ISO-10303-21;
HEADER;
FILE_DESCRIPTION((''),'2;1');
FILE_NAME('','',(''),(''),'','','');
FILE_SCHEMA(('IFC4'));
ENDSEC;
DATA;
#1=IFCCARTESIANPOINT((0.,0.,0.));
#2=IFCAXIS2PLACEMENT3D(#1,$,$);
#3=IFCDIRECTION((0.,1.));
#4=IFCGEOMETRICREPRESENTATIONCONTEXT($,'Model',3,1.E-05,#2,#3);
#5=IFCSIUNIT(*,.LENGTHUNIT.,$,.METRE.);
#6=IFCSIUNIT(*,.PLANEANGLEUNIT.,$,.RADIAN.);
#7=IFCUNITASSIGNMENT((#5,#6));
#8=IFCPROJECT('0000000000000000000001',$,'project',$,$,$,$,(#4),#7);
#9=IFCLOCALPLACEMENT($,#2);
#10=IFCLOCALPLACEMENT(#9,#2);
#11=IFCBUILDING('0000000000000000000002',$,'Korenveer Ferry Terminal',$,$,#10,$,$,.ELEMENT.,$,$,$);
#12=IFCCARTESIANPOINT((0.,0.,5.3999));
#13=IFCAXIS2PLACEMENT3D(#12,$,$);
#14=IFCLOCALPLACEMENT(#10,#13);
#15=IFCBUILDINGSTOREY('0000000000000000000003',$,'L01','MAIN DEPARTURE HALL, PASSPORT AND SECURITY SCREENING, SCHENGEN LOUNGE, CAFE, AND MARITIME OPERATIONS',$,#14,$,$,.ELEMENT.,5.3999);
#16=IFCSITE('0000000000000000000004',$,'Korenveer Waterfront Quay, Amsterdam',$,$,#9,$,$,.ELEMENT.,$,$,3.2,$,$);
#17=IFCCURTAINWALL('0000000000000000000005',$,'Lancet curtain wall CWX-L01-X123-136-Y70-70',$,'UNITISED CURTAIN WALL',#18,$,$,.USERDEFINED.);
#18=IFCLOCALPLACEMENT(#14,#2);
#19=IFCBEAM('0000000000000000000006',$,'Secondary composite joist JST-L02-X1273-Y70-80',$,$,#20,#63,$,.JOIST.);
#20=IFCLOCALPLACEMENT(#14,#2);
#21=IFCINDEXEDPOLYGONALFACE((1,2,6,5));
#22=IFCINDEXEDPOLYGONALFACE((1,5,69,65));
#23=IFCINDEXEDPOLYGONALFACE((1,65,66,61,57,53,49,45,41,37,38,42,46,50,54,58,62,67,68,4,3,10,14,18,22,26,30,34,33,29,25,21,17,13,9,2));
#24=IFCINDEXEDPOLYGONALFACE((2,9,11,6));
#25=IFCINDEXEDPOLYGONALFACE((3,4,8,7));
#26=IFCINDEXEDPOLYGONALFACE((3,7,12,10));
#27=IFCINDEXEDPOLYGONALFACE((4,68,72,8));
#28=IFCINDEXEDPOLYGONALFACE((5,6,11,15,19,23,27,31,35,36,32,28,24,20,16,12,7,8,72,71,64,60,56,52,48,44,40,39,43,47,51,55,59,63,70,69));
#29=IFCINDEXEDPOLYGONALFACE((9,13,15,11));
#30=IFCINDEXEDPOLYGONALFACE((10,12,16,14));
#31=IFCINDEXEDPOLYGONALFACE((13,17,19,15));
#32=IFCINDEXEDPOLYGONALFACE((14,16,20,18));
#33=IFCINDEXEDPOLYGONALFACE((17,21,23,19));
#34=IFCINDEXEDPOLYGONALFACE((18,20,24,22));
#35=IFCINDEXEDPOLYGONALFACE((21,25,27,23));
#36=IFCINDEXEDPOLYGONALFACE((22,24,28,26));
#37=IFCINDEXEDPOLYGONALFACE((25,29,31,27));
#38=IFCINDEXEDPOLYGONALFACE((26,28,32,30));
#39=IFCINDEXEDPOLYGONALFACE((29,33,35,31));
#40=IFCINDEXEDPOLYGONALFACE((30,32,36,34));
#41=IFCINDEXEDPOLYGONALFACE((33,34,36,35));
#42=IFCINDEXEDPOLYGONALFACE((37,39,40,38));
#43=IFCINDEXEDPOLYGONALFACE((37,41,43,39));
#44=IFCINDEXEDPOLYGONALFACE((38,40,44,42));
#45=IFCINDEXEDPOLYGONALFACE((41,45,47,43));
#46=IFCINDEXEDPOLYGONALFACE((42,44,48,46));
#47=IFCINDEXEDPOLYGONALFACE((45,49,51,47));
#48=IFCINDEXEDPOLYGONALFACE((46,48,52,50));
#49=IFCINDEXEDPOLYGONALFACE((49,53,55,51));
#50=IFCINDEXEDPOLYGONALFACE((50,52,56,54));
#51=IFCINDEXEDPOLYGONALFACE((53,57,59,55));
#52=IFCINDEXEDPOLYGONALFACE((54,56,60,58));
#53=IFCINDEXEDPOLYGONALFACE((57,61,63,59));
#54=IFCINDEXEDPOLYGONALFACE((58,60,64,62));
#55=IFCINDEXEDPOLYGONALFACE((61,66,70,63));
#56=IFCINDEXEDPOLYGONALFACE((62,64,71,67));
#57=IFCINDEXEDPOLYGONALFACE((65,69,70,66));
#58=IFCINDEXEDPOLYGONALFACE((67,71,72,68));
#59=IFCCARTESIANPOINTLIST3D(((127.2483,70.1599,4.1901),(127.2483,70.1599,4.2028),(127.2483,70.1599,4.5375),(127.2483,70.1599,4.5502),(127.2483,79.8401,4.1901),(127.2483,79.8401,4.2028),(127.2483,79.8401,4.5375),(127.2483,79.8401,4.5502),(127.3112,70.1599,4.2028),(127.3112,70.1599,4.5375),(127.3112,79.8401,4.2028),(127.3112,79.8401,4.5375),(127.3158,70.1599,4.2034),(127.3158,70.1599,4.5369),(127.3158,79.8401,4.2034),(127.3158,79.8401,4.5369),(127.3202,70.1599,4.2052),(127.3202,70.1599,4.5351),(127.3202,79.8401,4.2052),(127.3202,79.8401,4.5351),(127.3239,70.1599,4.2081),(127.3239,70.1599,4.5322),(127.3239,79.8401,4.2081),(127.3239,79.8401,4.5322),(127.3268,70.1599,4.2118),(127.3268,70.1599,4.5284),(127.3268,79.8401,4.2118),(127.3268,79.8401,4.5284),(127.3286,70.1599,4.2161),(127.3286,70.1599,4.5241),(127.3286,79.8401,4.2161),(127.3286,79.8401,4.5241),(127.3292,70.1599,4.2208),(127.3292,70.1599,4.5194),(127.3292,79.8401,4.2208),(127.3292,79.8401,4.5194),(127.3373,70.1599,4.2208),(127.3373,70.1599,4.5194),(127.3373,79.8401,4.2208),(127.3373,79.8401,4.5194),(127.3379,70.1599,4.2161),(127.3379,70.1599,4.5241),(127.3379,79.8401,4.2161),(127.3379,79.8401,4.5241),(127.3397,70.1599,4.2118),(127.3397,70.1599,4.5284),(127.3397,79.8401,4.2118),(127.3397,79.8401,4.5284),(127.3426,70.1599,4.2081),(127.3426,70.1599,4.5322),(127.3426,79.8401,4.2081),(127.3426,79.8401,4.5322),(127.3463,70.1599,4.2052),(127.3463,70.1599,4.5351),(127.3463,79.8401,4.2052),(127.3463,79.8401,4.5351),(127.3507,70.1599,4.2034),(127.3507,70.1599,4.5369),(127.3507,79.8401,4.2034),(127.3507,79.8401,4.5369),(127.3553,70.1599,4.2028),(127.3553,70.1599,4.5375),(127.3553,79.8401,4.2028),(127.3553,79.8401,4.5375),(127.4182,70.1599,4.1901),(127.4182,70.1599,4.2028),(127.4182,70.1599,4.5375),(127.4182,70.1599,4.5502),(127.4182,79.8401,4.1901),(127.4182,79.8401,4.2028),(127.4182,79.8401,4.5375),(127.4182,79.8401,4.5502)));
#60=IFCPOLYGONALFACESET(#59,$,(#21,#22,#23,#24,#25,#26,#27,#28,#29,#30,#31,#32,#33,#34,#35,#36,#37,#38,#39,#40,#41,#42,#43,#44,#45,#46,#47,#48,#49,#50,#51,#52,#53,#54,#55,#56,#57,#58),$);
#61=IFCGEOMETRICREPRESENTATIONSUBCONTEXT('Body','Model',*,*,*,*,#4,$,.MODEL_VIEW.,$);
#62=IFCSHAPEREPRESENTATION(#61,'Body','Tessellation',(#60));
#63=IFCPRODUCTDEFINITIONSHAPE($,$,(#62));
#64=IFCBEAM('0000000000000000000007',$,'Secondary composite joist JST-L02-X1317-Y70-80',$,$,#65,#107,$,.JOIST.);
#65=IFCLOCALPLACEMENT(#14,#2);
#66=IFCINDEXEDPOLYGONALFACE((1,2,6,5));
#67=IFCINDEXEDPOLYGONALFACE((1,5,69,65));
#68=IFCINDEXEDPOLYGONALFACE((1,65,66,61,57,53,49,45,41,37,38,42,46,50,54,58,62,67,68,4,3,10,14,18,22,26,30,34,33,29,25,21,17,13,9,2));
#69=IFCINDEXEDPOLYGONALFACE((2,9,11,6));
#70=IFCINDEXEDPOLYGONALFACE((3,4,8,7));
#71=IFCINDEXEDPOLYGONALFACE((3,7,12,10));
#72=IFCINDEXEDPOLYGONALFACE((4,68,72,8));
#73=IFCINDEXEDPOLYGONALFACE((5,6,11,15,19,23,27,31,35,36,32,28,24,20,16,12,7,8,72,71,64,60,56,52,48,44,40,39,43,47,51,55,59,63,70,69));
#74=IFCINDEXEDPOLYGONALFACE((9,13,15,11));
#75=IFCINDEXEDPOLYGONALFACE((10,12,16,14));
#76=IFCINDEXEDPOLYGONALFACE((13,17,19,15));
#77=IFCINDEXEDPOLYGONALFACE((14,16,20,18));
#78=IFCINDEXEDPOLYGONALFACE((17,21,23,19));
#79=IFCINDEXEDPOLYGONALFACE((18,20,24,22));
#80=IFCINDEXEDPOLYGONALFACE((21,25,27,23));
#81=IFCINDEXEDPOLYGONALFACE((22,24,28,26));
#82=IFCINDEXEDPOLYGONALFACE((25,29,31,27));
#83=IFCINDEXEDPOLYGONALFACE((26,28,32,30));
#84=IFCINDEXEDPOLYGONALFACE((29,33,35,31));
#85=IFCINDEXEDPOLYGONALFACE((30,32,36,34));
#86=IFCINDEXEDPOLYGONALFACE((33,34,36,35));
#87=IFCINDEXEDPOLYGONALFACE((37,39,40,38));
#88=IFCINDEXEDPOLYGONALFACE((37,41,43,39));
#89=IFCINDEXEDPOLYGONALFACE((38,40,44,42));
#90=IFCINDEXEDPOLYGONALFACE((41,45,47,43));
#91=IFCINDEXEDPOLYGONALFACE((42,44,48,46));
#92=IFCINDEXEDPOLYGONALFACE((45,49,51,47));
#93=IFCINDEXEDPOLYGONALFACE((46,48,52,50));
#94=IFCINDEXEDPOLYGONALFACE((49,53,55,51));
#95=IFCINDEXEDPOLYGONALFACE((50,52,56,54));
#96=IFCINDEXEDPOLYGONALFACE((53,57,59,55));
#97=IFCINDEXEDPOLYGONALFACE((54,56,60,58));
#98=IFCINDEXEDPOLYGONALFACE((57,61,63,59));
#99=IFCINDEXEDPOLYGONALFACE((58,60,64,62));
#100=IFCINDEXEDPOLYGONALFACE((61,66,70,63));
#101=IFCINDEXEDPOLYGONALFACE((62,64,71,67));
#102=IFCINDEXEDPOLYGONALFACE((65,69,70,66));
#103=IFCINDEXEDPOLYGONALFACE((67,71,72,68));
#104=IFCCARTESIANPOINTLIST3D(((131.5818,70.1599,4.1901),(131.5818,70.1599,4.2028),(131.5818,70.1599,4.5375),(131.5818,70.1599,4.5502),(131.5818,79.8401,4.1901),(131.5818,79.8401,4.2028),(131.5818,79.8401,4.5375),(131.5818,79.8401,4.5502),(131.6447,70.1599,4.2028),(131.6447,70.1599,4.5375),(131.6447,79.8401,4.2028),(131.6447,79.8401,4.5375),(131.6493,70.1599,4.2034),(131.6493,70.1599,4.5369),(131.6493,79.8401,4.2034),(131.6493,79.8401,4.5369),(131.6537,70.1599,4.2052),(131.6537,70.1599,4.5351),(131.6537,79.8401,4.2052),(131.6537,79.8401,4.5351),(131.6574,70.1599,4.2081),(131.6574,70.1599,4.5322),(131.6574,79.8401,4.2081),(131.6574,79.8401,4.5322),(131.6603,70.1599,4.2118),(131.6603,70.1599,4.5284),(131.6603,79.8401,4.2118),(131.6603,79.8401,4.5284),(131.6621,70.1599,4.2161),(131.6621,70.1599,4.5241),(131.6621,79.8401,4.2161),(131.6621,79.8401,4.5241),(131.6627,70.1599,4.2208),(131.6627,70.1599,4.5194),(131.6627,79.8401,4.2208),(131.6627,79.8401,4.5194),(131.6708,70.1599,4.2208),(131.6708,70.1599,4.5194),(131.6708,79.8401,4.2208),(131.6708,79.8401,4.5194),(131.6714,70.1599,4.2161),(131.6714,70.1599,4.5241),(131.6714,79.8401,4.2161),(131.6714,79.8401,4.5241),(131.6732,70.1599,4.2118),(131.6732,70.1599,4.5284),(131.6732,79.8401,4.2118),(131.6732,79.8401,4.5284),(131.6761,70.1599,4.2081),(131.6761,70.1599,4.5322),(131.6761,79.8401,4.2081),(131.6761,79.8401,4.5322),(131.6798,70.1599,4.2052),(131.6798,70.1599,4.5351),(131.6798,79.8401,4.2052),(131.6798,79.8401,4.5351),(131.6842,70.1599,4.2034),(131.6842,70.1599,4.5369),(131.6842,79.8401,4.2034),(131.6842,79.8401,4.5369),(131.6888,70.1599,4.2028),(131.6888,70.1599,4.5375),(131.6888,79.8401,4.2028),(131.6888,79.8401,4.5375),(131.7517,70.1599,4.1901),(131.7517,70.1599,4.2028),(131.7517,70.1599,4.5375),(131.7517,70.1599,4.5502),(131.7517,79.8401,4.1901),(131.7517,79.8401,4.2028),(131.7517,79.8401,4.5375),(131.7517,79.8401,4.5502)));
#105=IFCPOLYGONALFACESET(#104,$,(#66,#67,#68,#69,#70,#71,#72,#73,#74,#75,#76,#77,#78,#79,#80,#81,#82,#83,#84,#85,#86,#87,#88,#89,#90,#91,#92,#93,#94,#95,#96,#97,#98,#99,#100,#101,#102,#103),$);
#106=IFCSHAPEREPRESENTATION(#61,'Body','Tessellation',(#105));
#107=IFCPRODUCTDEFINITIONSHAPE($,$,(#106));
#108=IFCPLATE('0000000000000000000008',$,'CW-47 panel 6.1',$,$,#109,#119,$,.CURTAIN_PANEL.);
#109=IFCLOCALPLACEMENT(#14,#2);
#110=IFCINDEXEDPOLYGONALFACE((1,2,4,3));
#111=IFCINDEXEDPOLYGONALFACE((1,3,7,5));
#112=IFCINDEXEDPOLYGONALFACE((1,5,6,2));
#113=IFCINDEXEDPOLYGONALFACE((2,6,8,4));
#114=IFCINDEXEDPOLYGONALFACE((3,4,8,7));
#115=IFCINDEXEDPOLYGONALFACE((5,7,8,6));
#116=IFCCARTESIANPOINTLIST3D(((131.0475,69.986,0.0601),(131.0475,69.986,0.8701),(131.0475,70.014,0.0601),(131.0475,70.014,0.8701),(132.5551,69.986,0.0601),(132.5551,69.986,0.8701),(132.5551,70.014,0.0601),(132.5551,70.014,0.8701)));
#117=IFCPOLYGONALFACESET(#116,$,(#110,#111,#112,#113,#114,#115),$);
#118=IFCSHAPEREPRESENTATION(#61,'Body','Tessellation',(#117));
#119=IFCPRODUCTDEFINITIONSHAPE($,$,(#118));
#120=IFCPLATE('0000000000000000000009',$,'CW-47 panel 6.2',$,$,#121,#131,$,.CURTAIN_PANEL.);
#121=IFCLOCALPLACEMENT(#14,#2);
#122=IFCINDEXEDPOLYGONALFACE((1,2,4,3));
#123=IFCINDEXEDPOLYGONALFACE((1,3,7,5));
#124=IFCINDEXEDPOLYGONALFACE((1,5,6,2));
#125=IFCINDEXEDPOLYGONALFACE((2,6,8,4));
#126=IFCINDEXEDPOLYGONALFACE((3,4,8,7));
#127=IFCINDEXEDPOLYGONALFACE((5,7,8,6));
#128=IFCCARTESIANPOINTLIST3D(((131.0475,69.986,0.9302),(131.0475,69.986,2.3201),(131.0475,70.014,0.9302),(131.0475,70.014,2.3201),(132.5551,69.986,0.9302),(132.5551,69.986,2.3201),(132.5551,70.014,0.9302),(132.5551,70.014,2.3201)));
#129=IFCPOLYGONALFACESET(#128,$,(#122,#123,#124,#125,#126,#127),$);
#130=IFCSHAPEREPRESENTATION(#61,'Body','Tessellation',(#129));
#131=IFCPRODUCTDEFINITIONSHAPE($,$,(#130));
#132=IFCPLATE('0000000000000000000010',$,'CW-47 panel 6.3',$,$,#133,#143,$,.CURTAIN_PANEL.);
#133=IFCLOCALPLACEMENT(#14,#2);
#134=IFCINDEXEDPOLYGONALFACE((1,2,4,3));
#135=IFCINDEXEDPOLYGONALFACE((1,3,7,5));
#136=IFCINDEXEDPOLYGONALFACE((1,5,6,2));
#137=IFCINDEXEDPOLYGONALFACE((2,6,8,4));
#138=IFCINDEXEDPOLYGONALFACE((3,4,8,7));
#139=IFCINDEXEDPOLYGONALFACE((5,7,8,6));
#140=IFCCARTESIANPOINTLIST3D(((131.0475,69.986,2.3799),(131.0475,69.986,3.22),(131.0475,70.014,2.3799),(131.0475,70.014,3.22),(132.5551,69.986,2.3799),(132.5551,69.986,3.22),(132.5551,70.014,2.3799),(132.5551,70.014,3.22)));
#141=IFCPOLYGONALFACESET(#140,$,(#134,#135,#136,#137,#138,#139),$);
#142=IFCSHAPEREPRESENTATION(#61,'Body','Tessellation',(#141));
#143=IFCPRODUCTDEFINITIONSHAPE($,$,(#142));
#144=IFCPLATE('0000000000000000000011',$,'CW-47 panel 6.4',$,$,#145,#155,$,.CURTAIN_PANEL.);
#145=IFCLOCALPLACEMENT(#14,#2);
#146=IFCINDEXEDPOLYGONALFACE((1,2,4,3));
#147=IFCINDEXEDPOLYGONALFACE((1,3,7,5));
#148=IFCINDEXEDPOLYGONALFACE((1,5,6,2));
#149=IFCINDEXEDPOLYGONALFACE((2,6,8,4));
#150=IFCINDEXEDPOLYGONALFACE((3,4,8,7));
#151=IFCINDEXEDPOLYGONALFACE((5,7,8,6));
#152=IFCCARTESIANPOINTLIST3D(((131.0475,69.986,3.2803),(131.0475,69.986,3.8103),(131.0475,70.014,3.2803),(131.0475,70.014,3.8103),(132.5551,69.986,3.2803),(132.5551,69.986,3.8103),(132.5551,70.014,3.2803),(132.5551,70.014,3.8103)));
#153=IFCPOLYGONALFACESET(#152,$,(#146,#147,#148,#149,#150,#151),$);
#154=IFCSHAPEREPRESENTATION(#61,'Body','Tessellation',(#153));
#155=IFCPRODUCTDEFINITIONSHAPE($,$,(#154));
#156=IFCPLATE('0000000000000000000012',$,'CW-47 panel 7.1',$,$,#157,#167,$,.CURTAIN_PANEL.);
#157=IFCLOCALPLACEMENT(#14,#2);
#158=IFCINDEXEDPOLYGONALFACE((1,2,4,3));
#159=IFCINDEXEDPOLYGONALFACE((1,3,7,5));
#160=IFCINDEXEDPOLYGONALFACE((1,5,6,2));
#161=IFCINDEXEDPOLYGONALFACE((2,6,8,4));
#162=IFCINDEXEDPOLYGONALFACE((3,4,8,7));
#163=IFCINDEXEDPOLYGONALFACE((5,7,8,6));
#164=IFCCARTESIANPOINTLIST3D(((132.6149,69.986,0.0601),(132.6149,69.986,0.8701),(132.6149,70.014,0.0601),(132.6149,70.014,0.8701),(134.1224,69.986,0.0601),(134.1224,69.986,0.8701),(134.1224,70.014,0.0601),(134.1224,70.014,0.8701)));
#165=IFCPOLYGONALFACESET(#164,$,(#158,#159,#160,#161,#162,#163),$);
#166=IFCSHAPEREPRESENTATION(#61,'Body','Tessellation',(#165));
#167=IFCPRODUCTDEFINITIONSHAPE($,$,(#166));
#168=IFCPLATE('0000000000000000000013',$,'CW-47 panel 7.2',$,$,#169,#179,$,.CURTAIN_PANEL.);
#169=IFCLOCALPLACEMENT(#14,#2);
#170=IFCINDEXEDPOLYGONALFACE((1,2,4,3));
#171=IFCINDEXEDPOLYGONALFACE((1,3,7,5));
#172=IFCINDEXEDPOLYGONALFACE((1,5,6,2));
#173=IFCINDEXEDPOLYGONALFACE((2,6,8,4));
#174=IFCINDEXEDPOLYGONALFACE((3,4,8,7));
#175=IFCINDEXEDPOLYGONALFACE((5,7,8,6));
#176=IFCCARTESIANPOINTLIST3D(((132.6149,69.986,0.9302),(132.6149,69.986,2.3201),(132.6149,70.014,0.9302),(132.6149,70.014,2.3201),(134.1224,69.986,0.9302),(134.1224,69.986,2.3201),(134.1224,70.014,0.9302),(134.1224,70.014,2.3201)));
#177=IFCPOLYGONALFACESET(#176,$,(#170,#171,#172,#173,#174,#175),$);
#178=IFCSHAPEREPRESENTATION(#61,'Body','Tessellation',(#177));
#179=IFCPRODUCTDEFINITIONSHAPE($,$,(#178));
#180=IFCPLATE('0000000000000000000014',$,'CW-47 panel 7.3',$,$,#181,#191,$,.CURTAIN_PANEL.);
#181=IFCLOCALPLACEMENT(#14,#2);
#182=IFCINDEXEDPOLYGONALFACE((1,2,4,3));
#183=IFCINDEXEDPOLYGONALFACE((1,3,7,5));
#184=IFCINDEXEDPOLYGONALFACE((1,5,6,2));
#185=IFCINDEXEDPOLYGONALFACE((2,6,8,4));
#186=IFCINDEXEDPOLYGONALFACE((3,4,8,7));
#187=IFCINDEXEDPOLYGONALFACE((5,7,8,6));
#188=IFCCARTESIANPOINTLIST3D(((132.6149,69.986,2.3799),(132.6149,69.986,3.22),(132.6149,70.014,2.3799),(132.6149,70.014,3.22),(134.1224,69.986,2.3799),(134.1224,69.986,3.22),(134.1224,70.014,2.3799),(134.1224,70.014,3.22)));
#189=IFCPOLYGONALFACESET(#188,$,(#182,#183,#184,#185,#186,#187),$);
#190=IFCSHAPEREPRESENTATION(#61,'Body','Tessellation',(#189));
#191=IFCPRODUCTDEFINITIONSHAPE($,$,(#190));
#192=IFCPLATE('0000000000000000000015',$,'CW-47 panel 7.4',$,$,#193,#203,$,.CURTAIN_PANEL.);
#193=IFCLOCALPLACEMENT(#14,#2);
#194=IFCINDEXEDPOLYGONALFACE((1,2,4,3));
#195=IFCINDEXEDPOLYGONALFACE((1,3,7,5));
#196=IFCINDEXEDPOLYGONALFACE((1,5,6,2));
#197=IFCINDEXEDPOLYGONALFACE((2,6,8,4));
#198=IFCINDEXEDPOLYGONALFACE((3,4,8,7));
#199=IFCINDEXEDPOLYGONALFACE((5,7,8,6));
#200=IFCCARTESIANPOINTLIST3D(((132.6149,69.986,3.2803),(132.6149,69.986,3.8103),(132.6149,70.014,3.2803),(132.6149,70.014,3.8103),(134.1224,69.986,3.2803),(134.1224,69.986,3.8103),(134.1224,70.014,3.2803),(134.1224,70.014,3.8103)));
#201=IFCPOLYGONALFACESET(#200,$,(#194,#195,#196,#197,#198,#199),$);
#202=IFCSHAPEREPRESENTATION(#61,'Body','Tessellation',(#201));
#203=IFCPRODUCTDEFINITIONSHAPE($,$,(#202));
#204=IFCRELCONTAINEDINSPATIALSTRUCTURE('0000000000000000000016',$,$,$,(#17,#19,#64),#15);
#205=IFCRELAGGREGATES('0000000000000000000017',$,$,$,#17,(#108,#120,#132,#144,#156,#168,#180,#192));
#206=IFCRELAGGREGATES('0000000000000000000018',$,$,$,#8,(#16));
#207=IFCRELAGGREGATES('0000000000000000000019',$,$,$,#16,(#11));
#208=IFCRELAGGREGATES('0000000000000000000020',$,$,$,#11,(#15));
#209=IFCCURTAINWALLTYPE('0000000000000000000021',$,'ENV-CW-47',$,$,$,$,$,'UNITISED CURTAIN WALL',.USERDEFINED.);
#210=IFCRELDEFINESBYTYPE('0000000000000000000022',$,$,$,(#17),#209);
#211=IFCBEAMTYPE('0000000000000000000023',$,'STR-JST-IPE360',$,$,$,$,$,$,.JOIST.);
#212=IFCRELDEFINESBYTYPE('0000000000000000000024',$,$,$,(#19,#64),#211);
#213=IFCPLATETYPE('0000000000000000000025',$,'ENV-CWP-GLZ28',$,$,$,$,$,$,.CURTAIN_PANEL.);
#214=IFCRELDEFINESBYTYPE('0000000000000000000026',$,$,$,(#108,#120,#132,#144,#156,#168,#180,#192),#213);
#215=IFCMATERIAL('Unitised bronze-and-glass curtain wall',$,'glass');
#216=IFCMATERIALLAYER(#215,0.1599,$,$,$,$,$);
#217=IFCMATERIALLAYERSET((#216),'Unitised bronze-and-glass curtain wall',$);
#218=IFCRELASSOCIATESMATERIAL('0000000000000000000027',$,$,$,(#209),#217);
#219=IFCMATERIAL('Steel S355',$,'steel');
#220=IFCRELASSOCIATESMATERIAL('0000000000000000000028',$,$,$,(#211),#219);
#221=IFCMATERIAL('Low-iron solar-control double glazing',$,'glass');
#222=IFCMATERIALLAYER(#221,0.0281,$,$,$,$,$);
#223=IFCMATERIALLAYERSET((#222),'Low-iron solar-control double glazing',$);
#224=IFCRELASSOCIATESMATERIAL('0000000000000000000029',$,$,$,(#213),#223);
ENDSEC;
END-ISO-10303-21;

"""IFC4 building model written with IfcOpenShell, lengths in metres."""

from ifc_helpers import new_model, si_unit, direction, frame, origin, origin_2d, place, context, subcontext, project, spatial, rectangle, i_section, extrude, material, layer, layer_set, material_profile, profile_set, type_object, element, aggregate, save


model = new_model("IFC4")

# Units and contexts
model_context = context("Model", 3, precision=1e-05, world=origin(), true_north=direction((0.0, 1.0)))
body_context = subcontext(model_context, "Body", "Model", "MODEL_VIEW")
ifc_project = project(units=[si_unit("LENGTHUNIT", "METRE"), si_unit("PLANEANGLEUNIT", "RADIAN")], contexts=[model_context])

# Site, building, storey
site_placement = place(None, origin())
site = spatial("IfcSite", under=ifc_project, at=site_placement, Name="Korenveer Waterfront Quay, Amsterdam", CompositionType="ELEMENT", RefElevation=3.2)
building_placement = place(site_placement, origin())
building = spatial("IfcBuilding", under=site, at=building_placement, Name="Korenveer Ferry Terminal", CompositionType="ELEMENT")
storey_placement = place(building_placement, frame((0.0, 0.0, 5.3999)))
storey = spatial("IfcBuildingStorey", under=building, at=storey_placement, Name="L01", Description="MAIN DEPARTURE HALL, PASSPORT AND SECURITY SCREENING, SCHENGEN LOUNGE, CAFE, AND MARITIME OPERATIONS", CompositionType="ELEMENT", Elevation=5.3999)

# Curtain wall
ifc_material_1 = material(Name="Unitised bronze-and-glass curtain wall", Category="glass")
ifc_layer_1 = layer(ifc_material_1, 0.1599)
ifc_layer_set_1 = layer_set([ifc_layer_1], Name="Unitised bronze-and-glass curtain wall")
curtain_wall_type = type_object("IfcCurtainWallType", Name="ENV-CW-47", ElementType="UNITISED CURTAIN WALL", PredefinedType="USERDEFINED", material=ifc_layer_set_1)
curtain_wall_placement = place(storey_placement, frame((123.1799, 70.0, 0.0)))
curtain_wall = element("IfcCurtainWall", 1, at=curtain_wall_placement, inside=storey, type_object=curtain_wall_type, Name="Lancet curtain wall CWX-L01-X123-136-Y70-70", ObjectType="UNITISED CURTAIN WALL", PredefinedType="USERDEFINED")

# Beams
ifc_material_2 = material(Name="Steel S355", Category="steel")
ifc_material_profile_1 = material_profile(ifc_material_2, i_section(OverallWidth=0.1699, OverallDepth=0.3601, WebThickness=0.0081, FlangeThickness=0.0127, FilletRadius=0.0181, at=origin_2d()), Name="IPE 360")
ifc_profile_set_1 = profile_set([ifc_material_profile_1], Name="Steel S355")
beam_type = type_object("IfcBeamType", Name="STR-JST-IPE360", PredefinedType="JOIST", material=ifc_profile_set_1)
for number, where, z_axis, x_axis, name in (
    (2, (127.3333, 70.1599, 4.3701), (0.0, 1.0, 0.0), (-1.0, 0.0, 0.0), "Secondary composite joist JST-L02-X1273-Y70-80"),
    (3, (131.6667, 70.1599, 4.3701), (0.0, 1.0, 0.0), (-1.0, 0.0, 0.0), "Secondary composite joist JST-L02-X1317-Y70-80"),
):
    element("IfcBeam", number, at=place(storey_placement, frame(where, z_axis=z_axis, x_axis=x_axis)), inside=storey, type_object=beam_type, Name=name, PredefinedType="JOIST", context=body_context, shape_type="SweptSolid", body=[
        extrude(i_section(OverallWidth=0.1699, OverallDepth=0.3601, WebThickness=0.0081, FlangeThickness=0.0127, FilletRadius=0.0181, at=origin_2d()), origin(), (0.0, 0.0, 1.0), 9.6802),
    ])

# Plates
ifc_material_3 = material(Name="Low-iron solar-control double glazing", Category="glass")
ifc_layer_2 = layer(ifc_material_3, 0.0281)
ifc_layer_set_2 = layer_set([ifc_layer_2], Name="Low-iron solar-control double glazing")
plate_type = type_object("IfcPlateType", Name="ENV-CWP-GLZ28", PredefinedType="CURTAIN_PANEL", material=ifc_layer_set_2)
plate_1_placement = place(storey_placement, frame((131.8013, 70.0, 0.0601), z_axis=(0.0, 0.0, 1.0), x_axis=(1.0, 0.0, 0.0)))
plate_1 = element("IfcPlate", 4, at=plate_1_placement, type_object=plate_type, Name="CW-47 panel 6.1", PredefinedType="CURTAIN_PANEL", context=body_context, shape_type="SweptSolid", body=[
    extrude(rectangle(XDim=1.5076, YDim=0.0281, at=origin_2d()), origin(), (0.0, 0.0, 1.0), 0.8101),
])
plate_2_placement = place(storey_placement, frame((131.8013, 70.0, 0.9302), z_axis=(0.0, 0.0, 1.0), x_axis=(1.0, 0.0, 0.0)))
plate_2 = element("IfcPlate", 5, at=plate_2_placement, type_object=plate_type, Name="CW-47 panel 6.2", PredefinedType="CURTAIN_PANEL", context=body_context, shape_type="SweptSolid", body=[
    extrude(rectangle(XDim=1.5076, YDim=0.0281, at=origin_2d()), origin(), (0.0, 0.0, 1.0), 1.3899),
])
plate_3_placement = place(storey_placement, frame((131.8013, 70.0, 2.3799), z_axis=(0.0, 0.0, 1.0), x_axis=(1.0, 0.0, 0.0)))
plate_3 = element("IfcPlate", 6, at=plate_3_placement, type_object=plate_type, Name="CW-47 panel 6.3", PredefinedType="CURTAIN_PANEL", context=body_context, shape_type="SweptSolid", body=[
    extrude(rectangle(XDim=1.5076, YDim=0.0281, at=origin_2d()), origin(), (0.0, 0.0, 1.0), 0.8401),
])
plate_4_placement = place(storey_placement, frame((131.8013, 70.0, 3.2803), z_axis=(0.0, 0.0, 1.0), x_axis=(1.0, 0.0, 0.0)))
plate_4 = element("IfcPlate", 7, at=plate_4_placement, type_object=plate_type, Name="CW-47 panel 6.4", PredefinedType="CURTAIN_PANEL", context=body_context, shape_type="SweptSolid", body=[
    extrude(rectangle(XDim=1.5076, YDim=0.0281, at=origin_2d()), origin(), (0.0, 0.0, 1.0), 0.53),
])
plate_5_placement = place(storey_placement, frame((133.3687, 70.0, 0.0601), z_axis=(0.0, 0.0, 1.0), x_axis=(1.0, 0.0, 0.0)))
plate_5 = element("IfcPlate", 8, at=plate_5_placement, type_object=plate_type, Name="CW-47 panel 7.1", PredefinedType="CURTAIN_PANEL", context=body_context, shape_type="SweptSolid", body=[
    extrude(rectangle(XDim=1.5076, YDim=0.0281, at=origin_2d()), origin(), (0.0, 0.0, 1.0), 0.8101),
])
plate_6_placement = place(storey_placement, frame((133.3687, 70.0, 0.9302), z_axis=(0.0, 0.0, 1.0), x_axis=(1.0, 0.0, 0.0)))
plate_6 = element("IfcPlate", 9, at=plate_6_placement, type_object=plate_type, Name="CW-47 panel 7.2", PredefinedType="CURTAIN_PANEL", context=body_context, shape_type="SweptSolid", body=[
    extrude(rectangle(XDim=1.5076, YDim=0.0281, at=origin_2d()), origin(), (0.0, 0.0, 1.0), 1.3899),
])
plate_7_placement = place(storey_placement, frame((133.3687, 70.0, 2.3799), z_axis=(0.0, 0.0, 1.0), x_axis=(1.0, 0.0, 0.0)))
plate_7 = element("IfcPlate", 10, at=plate_7_placement, type_object=plate_type, Name="CW-47 panel 7.3", PredefinedType="CURTAIN_PANEL", context=body_context, shape_type="SweptSolid", body=[
    extrude(rectangle(XDim=1.5076, YDim=0.0281, at=origin_2d()), origin(), (0.0, 0.0, 1.0), 0.8401),
])
plate_8_placement = place(storey_placement, frame((133.3687, 70.0, 3.2803), z_axis=(0.0, 0.0, 1.0), x_axis=(1.0, 0.0, 0.0)))
plate_8 = element("IfcPlate", 11, at=plate_8_placement, type_object=plate_type, Name="CW-47 panel 7.4", PredefinedType="CURTAIN_PANEL", context=body_context, shape_type="SweptSolid", body=[
    extrude(rectangle(XDim=1.5076, YDim=0.0281, at=origin_2d()), origin(), (0.0, 0.0, 1.0), 0.53),
])
aggregate(curtain_wall, [plate_1, plate_2, plate_3, plate_4, plate_5, plate_6, plate_7, plate_8])

save(model, "model.ifc")
